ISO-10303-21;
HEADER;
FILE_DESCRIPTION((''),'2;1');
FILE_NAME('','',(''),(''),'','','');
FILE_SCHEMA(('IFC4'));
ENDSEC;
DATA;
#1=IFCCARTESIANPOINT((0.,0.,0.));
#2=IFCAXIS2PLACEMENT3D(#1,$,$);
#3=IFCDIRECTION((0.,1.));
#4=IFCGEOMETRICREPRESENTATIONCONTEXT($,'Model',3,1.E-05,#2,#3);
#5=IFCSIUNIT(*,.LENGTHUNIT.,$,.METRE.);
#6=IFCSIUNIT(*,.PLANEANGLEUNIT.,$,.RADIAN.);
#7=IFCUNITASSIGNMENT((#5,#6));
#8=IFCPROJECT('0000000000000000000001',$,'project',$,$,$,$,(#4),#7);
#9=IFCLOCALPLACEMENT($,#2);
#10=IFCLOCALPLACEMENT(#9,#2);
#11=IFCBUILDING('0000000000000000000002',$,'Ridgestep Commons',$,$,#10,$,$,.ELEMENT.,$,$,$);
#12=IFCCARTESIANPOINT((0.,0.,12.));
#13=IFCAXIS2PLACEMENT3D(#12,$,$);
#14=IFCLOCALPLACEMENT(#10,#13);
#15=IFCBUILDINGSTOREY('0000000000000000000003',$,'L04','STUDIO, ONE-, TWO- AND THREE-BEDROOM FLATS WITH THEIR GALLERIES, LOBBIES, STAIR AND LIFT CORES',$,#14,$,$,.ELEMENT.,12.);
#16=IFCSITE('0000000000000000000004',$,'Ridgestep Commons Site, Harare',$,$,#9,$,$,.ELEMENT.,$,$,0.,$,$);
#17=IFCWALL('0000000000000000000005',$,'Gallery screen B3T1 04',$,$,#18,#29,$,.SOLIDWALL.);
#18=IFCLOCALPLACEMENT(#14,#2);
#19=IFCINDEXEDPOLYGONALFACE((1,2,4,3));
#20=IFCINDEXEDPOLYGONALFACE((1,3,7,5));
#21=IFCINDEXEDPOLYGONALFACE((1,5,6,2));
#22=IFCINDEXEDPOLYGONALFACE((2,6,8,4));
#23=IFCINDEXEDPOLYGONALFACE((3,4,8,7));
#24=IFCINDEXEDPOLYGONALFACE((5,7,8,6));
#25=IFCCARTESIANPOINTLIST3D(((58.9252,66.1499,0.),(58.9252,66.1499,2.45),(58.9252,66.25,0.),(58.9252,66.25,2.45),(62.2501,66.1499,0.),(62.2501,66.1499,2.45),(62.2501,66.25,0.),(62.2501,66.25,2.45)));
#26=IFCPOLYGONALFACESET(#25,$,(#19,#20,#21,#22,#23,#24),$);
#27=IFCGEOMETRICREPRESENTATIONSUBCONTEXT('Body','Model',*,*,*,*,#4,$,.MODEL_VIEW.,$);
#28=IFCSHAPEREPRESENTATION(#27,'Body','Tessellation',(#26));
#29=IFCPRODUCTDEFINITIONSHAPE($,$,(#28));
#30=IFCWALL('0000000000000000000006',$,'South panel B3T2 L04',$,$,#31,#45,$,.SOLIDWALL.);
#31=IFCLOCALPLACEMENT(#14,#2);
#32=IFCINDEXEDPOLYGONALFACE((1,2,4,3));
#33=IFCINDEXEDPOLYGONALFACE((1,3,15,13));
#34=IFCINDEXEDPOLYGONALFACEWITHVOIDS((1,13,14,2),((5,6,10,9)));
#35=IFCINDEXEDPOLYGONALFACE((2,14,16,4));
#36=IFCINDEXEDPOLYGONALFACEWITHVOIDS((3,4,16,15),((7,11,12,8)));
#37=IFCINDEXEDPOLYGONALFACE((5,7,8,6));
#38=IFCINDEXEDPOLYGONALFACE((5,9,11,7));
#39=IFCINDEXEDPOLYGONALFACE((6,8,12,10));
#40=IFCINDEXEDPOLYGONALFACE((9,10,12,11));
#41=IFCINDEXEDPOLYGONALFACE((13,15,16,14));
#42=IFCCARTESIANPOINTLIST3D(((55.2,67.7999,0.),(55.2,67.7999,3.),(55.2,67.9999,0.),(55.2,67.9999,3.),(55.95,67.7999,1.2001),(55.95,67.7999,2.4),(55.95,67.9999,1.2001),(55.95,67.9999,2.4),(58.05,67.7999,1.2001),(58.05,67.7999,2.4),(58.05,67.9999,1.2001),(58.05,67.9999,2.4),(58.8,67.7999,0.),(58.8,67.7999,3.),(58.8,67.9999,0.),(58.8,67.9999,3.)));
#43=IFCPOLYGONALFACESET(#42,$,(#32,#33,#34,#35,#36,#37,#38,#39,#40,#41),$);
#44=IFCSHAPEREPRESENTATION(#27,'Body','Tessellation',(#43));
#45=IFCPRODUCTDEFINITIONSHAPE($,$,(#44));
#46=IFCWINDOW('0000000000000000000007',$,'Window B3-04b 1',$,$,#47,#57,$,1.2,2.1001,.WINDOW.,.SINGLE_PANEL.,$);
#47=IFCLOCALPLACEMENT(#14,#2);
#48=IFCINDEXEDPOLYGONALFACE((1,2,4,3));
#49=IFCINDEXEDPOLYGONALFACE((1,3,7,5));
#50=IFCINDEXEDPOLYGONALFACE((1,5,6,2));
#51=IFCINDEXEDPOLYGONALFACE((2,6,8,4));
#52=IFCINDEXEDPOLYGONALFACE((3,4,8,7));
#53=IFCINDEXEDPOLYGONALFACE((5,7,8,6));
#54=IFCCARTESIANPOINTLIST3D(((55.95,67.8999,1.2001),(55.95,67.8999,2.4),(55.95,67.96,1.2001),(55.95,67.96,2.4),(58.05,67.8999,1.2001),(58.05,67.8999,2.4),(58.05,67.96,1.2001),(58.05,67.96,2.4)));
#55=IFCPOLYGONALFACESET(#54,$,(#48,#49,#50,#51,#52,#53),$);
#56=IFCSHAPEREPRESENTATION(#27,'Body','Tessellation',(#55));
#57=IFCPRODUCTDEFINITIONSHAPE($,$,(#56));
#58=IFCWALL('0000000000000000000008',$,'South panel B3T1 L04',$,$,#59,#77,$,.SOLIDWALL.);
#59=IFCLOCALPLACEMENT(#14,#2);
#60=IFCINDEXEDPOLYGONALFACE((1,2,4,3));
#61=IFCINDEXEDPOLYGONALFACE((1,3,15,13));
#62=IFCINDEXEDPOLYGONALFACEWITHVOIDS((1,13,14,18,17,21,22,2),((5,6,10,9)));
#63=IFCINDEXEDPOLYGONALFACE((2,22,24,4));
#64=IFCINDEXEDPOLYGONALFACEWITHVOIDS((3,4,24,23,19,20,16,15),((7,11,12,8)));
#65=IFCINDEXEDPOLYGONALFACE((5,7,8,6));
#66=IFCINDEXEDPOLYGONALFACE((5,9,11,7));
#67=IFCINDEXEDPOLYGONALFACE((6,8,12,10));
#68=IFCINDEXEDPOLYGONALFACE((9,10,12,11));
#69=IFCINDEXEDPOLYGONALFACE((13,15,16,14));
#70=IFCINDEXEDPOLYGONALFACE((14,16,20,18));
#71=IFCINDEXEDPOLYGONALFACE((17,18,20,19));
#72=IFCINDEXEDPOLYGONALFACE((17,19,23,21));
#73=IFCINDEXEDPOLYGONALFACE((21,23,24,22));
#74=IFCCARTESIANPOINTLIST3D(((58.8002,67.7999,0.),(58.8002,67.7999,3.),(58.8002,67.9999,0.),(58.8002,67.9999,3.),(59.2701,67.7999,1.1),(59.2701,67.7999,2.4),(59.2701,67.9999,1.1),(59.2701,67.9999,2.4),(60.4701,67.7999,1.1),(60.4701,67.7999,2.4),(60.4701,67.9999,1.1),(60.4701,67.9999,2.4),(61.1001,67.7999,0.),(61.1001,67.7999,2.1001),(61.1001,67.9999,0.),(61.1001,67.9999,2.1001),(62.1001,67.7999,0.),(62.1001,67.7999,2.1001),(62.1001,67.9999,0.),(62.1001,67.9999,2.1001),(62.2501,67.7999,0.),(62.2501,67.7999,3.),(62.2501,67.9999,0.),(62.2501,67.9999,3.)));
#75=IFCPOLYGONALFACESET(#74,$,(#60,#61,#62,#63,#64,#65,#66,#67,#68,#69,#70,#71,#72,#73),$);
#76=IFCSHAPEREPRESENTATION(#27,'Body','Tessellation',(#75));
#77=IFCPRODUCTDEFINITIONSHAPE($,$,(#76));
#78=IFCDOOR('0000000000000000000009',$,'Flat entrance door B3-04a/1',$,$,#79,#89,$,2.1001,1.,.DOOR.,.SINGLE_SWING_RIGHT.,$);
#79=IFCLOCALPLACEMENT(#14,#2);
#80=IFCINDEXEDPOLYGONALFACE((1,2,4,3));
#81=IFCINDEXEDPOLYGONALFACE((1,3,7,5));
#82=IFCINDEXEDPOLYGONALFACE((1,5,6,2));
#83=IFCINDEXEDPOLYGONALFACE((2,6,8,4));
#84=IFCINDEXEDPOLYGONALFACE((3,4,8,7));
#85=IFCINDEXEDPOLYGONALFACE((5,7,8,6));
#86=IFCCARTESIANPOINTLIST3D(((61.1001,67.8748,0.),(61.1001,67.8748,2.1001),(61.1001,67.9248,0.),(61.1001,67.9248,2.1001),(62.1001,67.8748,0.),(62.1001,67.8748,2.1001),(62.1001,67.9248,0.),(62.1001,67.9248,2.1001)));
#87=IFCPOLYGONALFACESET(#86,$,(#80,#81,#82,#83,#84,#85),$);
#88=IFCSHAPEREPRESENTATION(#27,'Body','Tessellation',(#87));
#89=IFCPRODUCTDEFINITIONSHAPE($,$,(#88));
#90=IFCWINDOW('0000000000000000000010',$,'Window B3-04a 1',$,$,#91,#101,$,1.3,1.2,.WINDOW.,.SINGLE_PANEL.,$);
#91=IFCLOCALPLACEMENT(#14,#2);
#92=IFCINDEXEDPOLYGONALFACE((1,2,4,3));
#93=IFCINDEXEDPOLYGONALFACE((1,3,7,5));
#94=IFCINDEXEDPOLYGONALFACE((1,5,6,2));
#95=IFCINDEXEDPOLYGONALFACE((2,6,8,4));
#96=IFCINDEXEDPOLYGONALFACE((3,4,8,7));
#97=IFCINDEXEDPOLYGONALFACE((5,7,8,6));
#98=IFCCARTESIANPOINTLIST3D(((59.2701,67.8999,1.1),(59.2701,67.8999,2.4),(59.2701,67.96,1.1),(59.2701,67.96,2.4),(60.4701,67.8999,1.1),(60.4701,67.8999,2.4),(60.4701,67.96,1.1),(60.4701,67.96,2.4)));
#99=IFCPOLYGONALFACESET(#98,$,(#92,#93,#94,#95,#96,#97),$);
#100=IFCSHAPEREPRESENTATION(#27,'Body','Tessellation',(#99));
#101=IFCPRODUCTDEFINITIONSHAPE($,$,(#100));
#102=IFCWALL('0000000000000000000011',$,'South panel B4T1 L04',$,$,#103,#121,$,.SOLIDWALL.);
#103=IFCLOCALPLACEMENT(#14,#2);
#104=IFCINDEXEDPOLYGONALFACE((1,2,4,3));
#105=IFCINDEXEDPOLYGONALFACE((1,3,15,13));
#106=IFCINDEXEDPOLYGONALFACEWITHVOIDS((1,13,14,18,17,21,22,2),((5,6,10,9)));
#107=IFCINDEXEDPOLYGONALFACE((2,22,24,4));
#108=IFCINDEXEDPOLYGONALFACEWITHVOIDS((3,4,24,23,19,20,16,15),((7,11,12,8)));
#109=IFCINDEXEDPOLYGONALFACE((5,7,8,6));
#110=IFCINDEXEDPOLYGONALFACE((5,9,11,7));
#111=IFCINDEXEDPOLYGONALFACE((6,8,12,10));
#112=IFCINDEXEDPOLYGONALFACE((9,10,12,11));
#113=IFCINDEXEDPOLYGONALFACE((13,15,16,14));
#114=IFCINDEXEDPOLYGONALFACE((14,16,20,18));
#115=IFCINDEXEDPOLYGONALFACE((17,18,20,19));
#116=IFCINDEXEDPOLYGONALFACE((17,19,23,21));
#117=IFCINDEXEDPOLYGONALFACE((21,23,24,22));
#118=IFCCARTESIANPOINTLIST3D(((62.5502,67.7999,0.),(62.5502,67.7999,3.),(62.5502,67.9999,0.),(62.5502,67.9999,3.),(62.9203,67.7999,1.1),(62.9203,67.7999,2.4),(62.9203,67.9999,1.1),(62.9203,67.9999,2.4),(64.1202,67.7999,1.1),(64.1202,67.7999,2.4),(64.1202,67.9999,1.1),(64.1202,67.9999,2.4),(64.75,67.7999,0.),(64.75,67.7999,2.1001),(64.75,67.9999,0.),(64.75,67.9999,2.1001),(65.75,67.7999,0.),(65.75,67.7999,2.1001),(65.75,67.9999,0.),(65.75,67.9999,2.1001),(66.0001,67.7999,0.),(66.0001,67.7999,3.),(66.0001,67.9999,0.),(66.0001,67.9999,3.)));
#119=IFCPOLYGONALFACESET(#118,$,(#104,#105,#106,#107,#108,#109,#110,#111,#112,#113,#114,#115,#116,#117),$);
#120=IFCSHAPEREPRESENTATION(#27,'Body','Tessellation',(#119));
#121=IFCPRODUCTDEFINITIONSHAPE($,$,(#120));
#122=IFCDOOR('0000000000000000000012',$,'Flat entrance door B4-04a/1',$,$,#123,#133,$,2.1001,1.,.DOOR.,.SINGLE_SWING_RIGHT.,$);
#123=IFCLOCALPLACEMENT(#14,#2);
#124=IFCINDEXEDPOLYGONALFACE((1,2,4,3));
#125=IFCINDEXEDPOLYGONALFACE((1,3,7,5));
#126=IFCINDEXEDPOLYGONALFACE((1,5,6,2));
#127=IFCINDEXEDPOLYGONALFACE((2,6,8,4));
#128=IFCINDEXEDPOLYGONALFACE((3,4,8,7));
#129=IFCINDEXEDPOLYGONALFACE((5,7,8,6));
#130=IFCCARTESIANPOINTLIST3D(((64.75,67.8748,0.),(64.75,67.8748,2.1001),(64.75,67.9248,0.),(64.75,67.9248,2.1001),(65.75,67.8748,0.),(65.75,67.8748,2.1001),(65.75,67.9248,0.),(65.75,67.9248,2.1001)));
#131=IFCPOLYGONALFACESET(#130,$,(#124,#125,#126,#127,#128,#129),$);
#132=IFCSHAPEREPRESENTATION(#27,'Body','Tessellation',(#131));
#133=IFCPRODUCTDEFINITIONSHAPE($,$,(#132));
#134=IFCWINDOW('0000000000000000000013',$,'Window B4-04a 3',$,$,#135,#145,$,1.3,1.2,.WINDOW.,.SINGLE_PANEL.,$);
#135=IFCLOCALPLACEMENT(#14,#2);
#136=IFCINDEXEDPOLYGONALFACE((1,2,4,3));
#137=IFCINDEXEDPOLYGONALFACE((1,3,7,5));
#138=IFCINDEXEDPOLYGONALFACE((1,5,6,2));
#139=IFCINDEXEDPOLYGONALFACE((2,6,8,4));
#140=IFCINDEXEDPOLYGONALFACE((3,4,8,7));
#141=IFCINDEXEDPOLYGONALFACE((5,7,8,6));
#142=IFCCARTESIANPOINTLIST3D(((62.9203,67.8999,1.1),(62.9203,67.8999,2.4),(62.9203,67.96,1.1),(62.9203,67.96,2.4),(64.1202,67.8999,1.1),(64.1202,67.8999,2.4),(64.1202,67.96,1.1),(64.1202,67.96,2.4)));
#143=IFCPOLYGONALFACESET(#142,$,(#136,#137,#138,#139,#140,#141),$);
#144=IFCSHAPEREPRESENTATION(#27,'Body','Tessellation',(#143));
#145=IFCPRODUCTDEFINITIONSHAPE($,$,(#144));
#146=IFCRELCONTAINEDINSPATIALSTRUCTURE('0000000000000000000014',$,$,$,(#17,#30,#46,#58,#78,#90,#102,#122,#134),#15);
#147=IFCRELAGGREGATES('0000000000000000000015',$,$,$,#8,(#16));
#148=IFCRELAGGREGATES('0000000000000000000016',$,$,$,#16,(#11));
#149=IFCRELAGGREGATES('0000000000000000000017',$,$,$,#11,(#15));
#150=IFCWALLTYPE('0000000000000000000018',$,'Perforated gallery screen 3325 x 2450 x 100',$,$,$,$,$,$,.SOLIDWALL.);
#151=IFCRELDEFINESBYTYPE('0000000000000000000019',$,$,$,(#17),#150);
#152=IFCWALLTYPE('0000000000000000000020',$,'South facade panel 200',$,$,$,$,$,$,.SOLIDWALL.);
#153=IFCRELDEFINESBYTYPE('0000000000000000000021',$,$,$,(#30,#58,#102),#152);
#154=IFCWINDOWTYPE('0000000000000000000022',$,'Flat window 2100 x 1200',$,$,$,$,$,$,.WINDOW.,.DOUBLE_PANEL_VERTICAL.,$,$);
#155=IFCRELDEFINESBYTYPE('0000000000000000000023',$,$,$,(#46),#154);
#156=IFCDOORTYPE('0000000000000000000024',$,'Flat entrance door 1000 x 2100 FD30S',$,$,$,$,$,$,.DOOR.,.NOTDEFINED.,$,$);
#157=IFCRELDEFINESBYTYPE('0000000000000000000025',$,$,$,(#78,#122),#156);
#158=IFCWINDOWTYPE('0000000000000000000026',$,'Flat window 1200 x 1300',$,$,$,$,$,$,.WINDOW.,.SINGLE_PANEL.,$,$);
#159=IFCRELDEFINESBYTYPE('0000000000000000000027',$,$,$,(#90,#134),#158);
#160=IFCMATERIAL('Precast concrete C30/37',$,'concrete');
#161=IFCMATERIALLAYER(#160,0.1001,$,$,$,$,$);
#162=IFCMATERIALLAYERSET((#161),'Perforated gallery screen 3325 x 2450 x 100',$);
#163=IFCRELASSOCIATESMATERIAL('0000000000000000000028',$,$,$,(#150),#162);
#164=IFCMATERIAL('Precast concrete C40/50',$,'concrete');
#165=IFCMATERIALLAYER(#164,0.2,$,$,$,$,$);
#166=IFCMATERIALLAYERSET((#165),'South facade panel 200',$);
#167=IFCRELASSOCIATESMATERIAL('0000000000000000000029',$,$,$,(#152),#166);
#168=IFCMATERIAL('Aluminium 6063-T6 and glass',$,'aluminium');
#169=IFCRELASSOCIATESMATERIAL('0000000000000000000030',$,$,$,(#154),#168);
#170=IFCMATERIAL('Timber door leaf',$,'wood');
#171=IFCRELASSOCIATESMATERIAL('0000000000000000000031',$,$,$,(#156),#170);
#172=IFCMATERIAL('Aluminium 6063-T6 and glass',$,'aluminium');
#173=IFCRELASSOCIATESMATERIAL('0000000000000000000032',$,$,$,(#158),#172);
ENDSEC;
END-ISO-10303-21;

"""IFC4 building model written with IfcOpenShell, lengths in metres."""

from ifc_helpers import new_model, si_unit, direction, frame, frame_2d, origin, place, context, subcontext, project, spatial, rectangle, extrude, material, layer, layer_set, type_object, element, fill, save


model = new_model("IFC4")

# Units and contexts
model_context = context("Model", 3, precision=1e-05, world=origin(), true_north=direction((0.0, 1.0)))
body_context = subcontext(model_context, "Body", "Model", "MODEL_VIEW")
ifc_project = project(units=[si_unit("LENGTHUNIT", "METRE"), si_unit("PLANEANGLEUNIT", "RADIAN")], contexts=[model_context])

# Site, building, storey
site_placement = place(None, origin())
site = spatial("IfcSite", under=ifc_project, at=site_placement, Name="Ridgestep Commons Site, Harare", CompositionType="ELEMENT", RefElevation=0.0)
building_placement = place(site_placement, origin())
building = spatial("IfcBuilding", under=site, at=building_placement, Name="Ridgestep Commons", CompositionType="ELEMENT")
storey_placement = place(building_placement, frame((0.0, 0.0, 12.0)))
storey = spatial("IfcBuildingStorey", under=building, at=storey_placement, Name="L04", Description="STUDIO, ONE-, TWO- AND THREE-BEDROOM FLATS WITH THEIR GALLERIES, LOBBIES, STAIR AND LIFT CORES", CompositionType="ELEMENT", Elevation=12.0)

# Wall
ifc_material_1 = material(Name="Precast concrete C30/37", Category="concrete")
ifc_layer_1 = layer(ifc_material_1, 0.1001)
ifc_layer_set_1 = layer_set([ifc_layer_1], Name="Perforated gallery screen 3325 x 2450 x 100")
wall_type_1 = type_object("IfcWallType", Name="Perforated gallery screen 3325 x 2450 x 100", PredefinedType="SOLIDWALL", material=ifc_layer_set_1)
wall_1_placement = place(storey_placement, frame((58.925, 66.2, 0.0), z_axis=(0.0, 0.0, 1.0), x_axis=(1.0, 0.0, 0.0)))
element("IfcWall", 1, at=wall_1_placement, inside=storey, type_object=wall_type_1, Name="Gallery screen B3T1 04", PredefinedType="SOLIDWALL", context=body_context, shape_type="SweptSolid", body=[
    extrude(rectangle(XDim=3.325, YDim=0.1001, at=frame_2d((1.6626, 0.0))), origin(), (0.0, 0.0, 1.0), 2.45),
])

# Wall, opening, window
ifc_material_2 = material(Name="Precast concrete C40/50", Category="concrete")
ifc_layer_2 = layer(ifc_material_2, 0.2)
ifc_layer_set_2 = layer_set([ifc_layer_2], Name="South facade panel 200")
wall_type_2 = type_object("IfcWallType", Name="South facade panel 200", PredefinedType="SOLIDWALL", material=ifc_layer_set_2)
wall_2_placement = place(storey_placement, frame((55.2, 67.8999, 0.0), z_axis=(0.0, 0.0, 1.0), x_axis=(1.0, 0.0, 0.0)))
wall_2 = element("IfcWall", 2, at=wall_2_placement, inside=storey, type_object=wall_type_2, Name="South panel B3T2 L04", PredefinedType="SOLIDWALL", context=body_context, shape_type="SweptSolid", body=[
    extrude(rectangle(XDim=3.6001, YDim=0.2, at=frame_2d((1.8, 0.0))), origin(), (0.0, 0.0, 1.0), 3.0),
])
opening_1_placement = place(wall_2_placement, frame((0.75, 0.0, 1.2)))
opening_1 = element("IfcOpeningElement", 3, at=opening_1_placement, cuts=wall_2, PredefinedType="OPENING", context=body_context, shape_type="SweptSolid", body=[
    extrude(rectangle(XDim=2.1001, YDim=1.2, at=frame_2d((1.05, 0.6001))), frame((0.0, 0.1099, 0.0), z_axis=(0.0, -1.0, 0.0), x_axis=(1.0, 0.0, 0.0)), (0.0, 0.0, 1.0), 0.22),
])
ifc_material_3 = material(Name="Aluminium 6063-T6 and glass", Category="aluminium")
window_type_1 = type_object("IfcWindowType", Name="Flat window 2100 x 1200", PartitioningType="DOUBLE_PANEL_VERTICAL", PredefinedType="WINDOW", material=ifc_material_3)
window_1_placement = place(opening_1_placement, origin())
window_1 = element("IfcWindow", 4, at=window_1_placement, inside=storey, type_object=window_type_1, Name="Window B3-04b 1", OverallHeight=1.2, OverallWidth=2.1001, PartitioningType="SINGLE_PANEL", PredefinedType="WINDOW", context=body_context, shape_type="SweptSolid", body=[
    extrude(rectangle(XDim=2.1001, YDim=1.2, at=frame_2d((1.05, 0.6001))), frame((0.0, 0.0601, 0.0), z_axis=(0.0, -1.0, 0.0), x_axis=(1.0, 0.0, 0.0)), (0.0, 0.0, 1.0), 0.0601),
])
fill(opening_1, window_1)

# Walls, openings, doors, windows
wall_3_placement = place(storey_placement, frame((58.8, 67.8999, 0.0), z_axis=(0.0, 0.0, 1.0), x_axis=(1.0, 0.0, 0.0)))
wall_3 = element("IfcWall", 5, at=wall_3_placement, inside=storey, type_object=wall_type_2, Name="South panel B3T1 L04", PredefinedType="SOLIDWALL", context=body_context, shape_type="SweptSolid", body=[
    extrude(rectangle(XDim=3.45, YDim=0.2, at=frame_2d((1.7251, 0.0))), origin(), (0.0, 0.0, 1.0), 3.0),
])
opening_2_placement = place(wall_3_placement, frame((0.47, 0.0, 1.1001)))
opening_2 = element("IfcOpeningElement", 6, at=opening_2_placement, cuts=wall_3, PredefinedType="OPENING", context=body_context, shape_type="SweptSolid", body=[
    extrude(rectangle(XDim=1.2, YDim=1.3, at=frame_2d((0.6001, 0.6499))), frame((0.0, 0.1099, 0.0), z_axis=(0.0, -1.0, 0.0), x_axis=(1.0, 0.0, 0.0)), (0.0, 0.0, 1.0), 0.22),
])
opening_3_placement = place(wall_3_placement, frame((2.3, 0.0, 0.0)))
opening_3 = element("IfcOpeningElement", 7, at=opening_3_placement, cuts=wall_3, PredefinedType="OPENING", context=body_context, shape_type="SweptSolid", body=[
    extrude(rectangle(XDim=1.0, YDim=2.1001, at=frame_2d((0.5, 1.05))), frame((0.0, 0.1099, 0.0), z_axis=(0.0, -1.0, 0.0), x_axis=(1.0, 0.0, 0.0)), (0.0, 0.0, 1.0), 0.22),
])
ifc_material_4 = material(Name="Timber door leaf", Category="wood")
door_type_1 = type_object("IfcDoorType", Name="Flat entrance door 1000 x 2100 FD30S", OperationType="NOTDEFINED", PredefinedType="DOOR", material=ifc_material_4)
door_1_placement = place(opening_3_placement, origin())
door_1 = element("IfcDoor", 8, at=door_1_placement, inside=storey, type_object=door_type_1, Name="Flat entrance door B3-04a/1", OperationType="SINGLE_SWING_RIGHT", OverallHeight=2.1001, OverallWidth=1.0, PredefinedType="DOOR", context=body_context, shape_type="SweptSolid", body=[
    extrude(rectangle(XDim=1.0, YDim=2.1001, at=frame_2d((0.5, 1.05))), frame((0.0, 0.0249, 0.0), z_axis=(0.0, -1.0, 0.0), x_axis=(1.0, 0.0, 0.0)), (0.0, 0.0, 1.0), 0.05),
])
fill(opening_3, door_1)
ifc_material_5 = material(Name="Aluminium 6063-T6 and glass", Category="aluminium")
window_type_2 = type_object("IfcWindowType", Name="Flat window 1200 x 1300", PartitioningType="SINGLE_PANEL", PredefinedType="WINDOW", material=ifc_material_5)
window_2_placement = place(opening_2_placement, origin())
window_2 = element("IfcWindow", 9, at=window_2_placement, inside=storey, type_object=window_type_2, Name="Window B3-04a 1", OverallHeight=1.3, OverallWidth=1.2, PartitioningType="SINGLE_PANEL", PredefinedType="WINDOW", context=body_context, shape_type="SweptSolid", body=[
    extrude(rectangle(XDim=1.2, YDim=1.3, at=frame_2d((0.6001, 0.6499))), frame((0.0, 0.0601, 0.0), z_axis=(0.0, -1.0, 0.0), x_axis=(1.0, 0.0, 0.0)), (0.0, 0.0, 1.0), 0.0601),
])
fill(opening_2, window_2)
wall_4_placement = place(storey_placement, frame((62.55, 67.8999, 0.0), z_axis=(0.0, 0.0, 1.0), x_axis=(1.0, 0.0, 0.0)))
wall_4 = element("IfcWall", 10, at=wall_4_placement, inside=storey, type_object=wall_type_2, Name="South panel B4T1 L04", PredefinedType="SOLIDWALL", context=body_context, shape_type="SweptSolid", body=[
    extrude(rectangle(XDim=3.45, YDim=0.2, at=frame_2d((1.7251, 0.0))), origin(), (0.0, 0.0, 1.0), 3.0),
])
opening_4_placement = place(wall_4_placement, frame((0.3701, 0.0, 1.1001)))
opening_4 = element("IfcOpeningElement", 11, at=opening_4_placement, cuts=wall_4, PredefinedType="OPENING", context=body_context, shape_type="SweptSolid", body=[
    extrude(rectangle(XDim=1.2, YDim=1.3, at=frame_2d((0.6001, 0.6499))), frame((0.0, 0.1099, 0.0), z_axis=(0.0, -1.0, 0.0), x_axis=(1.0, 0.0, 0.0)), (0.0, 0.0, 1.0), 0.22),
])
opening_5_placement = place(wall_4_placement, frame((2.2, 0.0, 0.0)))
opening_5 = element("IfcOpeningElement", 12, at=opening_5_placement, cuts=wall_4, PredefinedType="OPENING", context=body_context, shape_type="SweptSolid", body=[
    extrude(rectangle(XDim=1.0, YDim=2.1001, at=frame_2d((0.5, 1.05))), frame((0.0, 0.1099, 0.0), z_axis=(0.0, -1.0, 0.0), x_axis=(1.0, 0.0, 0.0)), (0.0, 0.0, 1.0), 0.22),
])
door_2_placement = place(opening_5_placement, origin())
door_2 = element("IfcDoor", 13, at=door_2_placement, inside=storey, type_object=door_type_1, Name="Flat entrance door B4-04a/1", OperationType="SINGLE_SWING_RIGHT", OverallHeight=2.1001, OverallWidth=1.0, PredefinedType="DOOR", context=body_context, shape_type="SweptSolid", body=[
    extrude(rectangle(XDim=1.0, YDim=2.1001, at=frame_2d((0.5, 1.05))), frame((0.0, 0.0249, 0.0), z_axis=(0.0, -1.0, 0.0), x_axis=(1.0, 0.0, 0.0)), (0.0, 0.0, 1.0), 0.05),
])
fill(opening_5, door_2)
window_3_placement = place(opening_4_placement, origin())
window_3 = element("IfcWindow", 14, at=window_3_placement, inside=storey, type_object=window_type_2, Name="Window B4-04a 3", OverallHeight=1.3, OverallWidth=1.2, PartitioningType="SINGLE_PANEL", PredefinedType="WINDOW", context=body_context, shape_type="SweptSolid", body=[
    extrude(rectangle(XDim=1.2, YDim=1.3, at=frame_2d((0.6001, 0.6499))), frame((0.0, 0.0601, 0.0), z_axis=(0.0, -1.0, 0.0), x_axis=(1.0, 0.0, 0.0)), (0.0, 0.0, 1.0), 0.0601),
])
fill(opening_4, window_3)

save(model, "model.ifc")
